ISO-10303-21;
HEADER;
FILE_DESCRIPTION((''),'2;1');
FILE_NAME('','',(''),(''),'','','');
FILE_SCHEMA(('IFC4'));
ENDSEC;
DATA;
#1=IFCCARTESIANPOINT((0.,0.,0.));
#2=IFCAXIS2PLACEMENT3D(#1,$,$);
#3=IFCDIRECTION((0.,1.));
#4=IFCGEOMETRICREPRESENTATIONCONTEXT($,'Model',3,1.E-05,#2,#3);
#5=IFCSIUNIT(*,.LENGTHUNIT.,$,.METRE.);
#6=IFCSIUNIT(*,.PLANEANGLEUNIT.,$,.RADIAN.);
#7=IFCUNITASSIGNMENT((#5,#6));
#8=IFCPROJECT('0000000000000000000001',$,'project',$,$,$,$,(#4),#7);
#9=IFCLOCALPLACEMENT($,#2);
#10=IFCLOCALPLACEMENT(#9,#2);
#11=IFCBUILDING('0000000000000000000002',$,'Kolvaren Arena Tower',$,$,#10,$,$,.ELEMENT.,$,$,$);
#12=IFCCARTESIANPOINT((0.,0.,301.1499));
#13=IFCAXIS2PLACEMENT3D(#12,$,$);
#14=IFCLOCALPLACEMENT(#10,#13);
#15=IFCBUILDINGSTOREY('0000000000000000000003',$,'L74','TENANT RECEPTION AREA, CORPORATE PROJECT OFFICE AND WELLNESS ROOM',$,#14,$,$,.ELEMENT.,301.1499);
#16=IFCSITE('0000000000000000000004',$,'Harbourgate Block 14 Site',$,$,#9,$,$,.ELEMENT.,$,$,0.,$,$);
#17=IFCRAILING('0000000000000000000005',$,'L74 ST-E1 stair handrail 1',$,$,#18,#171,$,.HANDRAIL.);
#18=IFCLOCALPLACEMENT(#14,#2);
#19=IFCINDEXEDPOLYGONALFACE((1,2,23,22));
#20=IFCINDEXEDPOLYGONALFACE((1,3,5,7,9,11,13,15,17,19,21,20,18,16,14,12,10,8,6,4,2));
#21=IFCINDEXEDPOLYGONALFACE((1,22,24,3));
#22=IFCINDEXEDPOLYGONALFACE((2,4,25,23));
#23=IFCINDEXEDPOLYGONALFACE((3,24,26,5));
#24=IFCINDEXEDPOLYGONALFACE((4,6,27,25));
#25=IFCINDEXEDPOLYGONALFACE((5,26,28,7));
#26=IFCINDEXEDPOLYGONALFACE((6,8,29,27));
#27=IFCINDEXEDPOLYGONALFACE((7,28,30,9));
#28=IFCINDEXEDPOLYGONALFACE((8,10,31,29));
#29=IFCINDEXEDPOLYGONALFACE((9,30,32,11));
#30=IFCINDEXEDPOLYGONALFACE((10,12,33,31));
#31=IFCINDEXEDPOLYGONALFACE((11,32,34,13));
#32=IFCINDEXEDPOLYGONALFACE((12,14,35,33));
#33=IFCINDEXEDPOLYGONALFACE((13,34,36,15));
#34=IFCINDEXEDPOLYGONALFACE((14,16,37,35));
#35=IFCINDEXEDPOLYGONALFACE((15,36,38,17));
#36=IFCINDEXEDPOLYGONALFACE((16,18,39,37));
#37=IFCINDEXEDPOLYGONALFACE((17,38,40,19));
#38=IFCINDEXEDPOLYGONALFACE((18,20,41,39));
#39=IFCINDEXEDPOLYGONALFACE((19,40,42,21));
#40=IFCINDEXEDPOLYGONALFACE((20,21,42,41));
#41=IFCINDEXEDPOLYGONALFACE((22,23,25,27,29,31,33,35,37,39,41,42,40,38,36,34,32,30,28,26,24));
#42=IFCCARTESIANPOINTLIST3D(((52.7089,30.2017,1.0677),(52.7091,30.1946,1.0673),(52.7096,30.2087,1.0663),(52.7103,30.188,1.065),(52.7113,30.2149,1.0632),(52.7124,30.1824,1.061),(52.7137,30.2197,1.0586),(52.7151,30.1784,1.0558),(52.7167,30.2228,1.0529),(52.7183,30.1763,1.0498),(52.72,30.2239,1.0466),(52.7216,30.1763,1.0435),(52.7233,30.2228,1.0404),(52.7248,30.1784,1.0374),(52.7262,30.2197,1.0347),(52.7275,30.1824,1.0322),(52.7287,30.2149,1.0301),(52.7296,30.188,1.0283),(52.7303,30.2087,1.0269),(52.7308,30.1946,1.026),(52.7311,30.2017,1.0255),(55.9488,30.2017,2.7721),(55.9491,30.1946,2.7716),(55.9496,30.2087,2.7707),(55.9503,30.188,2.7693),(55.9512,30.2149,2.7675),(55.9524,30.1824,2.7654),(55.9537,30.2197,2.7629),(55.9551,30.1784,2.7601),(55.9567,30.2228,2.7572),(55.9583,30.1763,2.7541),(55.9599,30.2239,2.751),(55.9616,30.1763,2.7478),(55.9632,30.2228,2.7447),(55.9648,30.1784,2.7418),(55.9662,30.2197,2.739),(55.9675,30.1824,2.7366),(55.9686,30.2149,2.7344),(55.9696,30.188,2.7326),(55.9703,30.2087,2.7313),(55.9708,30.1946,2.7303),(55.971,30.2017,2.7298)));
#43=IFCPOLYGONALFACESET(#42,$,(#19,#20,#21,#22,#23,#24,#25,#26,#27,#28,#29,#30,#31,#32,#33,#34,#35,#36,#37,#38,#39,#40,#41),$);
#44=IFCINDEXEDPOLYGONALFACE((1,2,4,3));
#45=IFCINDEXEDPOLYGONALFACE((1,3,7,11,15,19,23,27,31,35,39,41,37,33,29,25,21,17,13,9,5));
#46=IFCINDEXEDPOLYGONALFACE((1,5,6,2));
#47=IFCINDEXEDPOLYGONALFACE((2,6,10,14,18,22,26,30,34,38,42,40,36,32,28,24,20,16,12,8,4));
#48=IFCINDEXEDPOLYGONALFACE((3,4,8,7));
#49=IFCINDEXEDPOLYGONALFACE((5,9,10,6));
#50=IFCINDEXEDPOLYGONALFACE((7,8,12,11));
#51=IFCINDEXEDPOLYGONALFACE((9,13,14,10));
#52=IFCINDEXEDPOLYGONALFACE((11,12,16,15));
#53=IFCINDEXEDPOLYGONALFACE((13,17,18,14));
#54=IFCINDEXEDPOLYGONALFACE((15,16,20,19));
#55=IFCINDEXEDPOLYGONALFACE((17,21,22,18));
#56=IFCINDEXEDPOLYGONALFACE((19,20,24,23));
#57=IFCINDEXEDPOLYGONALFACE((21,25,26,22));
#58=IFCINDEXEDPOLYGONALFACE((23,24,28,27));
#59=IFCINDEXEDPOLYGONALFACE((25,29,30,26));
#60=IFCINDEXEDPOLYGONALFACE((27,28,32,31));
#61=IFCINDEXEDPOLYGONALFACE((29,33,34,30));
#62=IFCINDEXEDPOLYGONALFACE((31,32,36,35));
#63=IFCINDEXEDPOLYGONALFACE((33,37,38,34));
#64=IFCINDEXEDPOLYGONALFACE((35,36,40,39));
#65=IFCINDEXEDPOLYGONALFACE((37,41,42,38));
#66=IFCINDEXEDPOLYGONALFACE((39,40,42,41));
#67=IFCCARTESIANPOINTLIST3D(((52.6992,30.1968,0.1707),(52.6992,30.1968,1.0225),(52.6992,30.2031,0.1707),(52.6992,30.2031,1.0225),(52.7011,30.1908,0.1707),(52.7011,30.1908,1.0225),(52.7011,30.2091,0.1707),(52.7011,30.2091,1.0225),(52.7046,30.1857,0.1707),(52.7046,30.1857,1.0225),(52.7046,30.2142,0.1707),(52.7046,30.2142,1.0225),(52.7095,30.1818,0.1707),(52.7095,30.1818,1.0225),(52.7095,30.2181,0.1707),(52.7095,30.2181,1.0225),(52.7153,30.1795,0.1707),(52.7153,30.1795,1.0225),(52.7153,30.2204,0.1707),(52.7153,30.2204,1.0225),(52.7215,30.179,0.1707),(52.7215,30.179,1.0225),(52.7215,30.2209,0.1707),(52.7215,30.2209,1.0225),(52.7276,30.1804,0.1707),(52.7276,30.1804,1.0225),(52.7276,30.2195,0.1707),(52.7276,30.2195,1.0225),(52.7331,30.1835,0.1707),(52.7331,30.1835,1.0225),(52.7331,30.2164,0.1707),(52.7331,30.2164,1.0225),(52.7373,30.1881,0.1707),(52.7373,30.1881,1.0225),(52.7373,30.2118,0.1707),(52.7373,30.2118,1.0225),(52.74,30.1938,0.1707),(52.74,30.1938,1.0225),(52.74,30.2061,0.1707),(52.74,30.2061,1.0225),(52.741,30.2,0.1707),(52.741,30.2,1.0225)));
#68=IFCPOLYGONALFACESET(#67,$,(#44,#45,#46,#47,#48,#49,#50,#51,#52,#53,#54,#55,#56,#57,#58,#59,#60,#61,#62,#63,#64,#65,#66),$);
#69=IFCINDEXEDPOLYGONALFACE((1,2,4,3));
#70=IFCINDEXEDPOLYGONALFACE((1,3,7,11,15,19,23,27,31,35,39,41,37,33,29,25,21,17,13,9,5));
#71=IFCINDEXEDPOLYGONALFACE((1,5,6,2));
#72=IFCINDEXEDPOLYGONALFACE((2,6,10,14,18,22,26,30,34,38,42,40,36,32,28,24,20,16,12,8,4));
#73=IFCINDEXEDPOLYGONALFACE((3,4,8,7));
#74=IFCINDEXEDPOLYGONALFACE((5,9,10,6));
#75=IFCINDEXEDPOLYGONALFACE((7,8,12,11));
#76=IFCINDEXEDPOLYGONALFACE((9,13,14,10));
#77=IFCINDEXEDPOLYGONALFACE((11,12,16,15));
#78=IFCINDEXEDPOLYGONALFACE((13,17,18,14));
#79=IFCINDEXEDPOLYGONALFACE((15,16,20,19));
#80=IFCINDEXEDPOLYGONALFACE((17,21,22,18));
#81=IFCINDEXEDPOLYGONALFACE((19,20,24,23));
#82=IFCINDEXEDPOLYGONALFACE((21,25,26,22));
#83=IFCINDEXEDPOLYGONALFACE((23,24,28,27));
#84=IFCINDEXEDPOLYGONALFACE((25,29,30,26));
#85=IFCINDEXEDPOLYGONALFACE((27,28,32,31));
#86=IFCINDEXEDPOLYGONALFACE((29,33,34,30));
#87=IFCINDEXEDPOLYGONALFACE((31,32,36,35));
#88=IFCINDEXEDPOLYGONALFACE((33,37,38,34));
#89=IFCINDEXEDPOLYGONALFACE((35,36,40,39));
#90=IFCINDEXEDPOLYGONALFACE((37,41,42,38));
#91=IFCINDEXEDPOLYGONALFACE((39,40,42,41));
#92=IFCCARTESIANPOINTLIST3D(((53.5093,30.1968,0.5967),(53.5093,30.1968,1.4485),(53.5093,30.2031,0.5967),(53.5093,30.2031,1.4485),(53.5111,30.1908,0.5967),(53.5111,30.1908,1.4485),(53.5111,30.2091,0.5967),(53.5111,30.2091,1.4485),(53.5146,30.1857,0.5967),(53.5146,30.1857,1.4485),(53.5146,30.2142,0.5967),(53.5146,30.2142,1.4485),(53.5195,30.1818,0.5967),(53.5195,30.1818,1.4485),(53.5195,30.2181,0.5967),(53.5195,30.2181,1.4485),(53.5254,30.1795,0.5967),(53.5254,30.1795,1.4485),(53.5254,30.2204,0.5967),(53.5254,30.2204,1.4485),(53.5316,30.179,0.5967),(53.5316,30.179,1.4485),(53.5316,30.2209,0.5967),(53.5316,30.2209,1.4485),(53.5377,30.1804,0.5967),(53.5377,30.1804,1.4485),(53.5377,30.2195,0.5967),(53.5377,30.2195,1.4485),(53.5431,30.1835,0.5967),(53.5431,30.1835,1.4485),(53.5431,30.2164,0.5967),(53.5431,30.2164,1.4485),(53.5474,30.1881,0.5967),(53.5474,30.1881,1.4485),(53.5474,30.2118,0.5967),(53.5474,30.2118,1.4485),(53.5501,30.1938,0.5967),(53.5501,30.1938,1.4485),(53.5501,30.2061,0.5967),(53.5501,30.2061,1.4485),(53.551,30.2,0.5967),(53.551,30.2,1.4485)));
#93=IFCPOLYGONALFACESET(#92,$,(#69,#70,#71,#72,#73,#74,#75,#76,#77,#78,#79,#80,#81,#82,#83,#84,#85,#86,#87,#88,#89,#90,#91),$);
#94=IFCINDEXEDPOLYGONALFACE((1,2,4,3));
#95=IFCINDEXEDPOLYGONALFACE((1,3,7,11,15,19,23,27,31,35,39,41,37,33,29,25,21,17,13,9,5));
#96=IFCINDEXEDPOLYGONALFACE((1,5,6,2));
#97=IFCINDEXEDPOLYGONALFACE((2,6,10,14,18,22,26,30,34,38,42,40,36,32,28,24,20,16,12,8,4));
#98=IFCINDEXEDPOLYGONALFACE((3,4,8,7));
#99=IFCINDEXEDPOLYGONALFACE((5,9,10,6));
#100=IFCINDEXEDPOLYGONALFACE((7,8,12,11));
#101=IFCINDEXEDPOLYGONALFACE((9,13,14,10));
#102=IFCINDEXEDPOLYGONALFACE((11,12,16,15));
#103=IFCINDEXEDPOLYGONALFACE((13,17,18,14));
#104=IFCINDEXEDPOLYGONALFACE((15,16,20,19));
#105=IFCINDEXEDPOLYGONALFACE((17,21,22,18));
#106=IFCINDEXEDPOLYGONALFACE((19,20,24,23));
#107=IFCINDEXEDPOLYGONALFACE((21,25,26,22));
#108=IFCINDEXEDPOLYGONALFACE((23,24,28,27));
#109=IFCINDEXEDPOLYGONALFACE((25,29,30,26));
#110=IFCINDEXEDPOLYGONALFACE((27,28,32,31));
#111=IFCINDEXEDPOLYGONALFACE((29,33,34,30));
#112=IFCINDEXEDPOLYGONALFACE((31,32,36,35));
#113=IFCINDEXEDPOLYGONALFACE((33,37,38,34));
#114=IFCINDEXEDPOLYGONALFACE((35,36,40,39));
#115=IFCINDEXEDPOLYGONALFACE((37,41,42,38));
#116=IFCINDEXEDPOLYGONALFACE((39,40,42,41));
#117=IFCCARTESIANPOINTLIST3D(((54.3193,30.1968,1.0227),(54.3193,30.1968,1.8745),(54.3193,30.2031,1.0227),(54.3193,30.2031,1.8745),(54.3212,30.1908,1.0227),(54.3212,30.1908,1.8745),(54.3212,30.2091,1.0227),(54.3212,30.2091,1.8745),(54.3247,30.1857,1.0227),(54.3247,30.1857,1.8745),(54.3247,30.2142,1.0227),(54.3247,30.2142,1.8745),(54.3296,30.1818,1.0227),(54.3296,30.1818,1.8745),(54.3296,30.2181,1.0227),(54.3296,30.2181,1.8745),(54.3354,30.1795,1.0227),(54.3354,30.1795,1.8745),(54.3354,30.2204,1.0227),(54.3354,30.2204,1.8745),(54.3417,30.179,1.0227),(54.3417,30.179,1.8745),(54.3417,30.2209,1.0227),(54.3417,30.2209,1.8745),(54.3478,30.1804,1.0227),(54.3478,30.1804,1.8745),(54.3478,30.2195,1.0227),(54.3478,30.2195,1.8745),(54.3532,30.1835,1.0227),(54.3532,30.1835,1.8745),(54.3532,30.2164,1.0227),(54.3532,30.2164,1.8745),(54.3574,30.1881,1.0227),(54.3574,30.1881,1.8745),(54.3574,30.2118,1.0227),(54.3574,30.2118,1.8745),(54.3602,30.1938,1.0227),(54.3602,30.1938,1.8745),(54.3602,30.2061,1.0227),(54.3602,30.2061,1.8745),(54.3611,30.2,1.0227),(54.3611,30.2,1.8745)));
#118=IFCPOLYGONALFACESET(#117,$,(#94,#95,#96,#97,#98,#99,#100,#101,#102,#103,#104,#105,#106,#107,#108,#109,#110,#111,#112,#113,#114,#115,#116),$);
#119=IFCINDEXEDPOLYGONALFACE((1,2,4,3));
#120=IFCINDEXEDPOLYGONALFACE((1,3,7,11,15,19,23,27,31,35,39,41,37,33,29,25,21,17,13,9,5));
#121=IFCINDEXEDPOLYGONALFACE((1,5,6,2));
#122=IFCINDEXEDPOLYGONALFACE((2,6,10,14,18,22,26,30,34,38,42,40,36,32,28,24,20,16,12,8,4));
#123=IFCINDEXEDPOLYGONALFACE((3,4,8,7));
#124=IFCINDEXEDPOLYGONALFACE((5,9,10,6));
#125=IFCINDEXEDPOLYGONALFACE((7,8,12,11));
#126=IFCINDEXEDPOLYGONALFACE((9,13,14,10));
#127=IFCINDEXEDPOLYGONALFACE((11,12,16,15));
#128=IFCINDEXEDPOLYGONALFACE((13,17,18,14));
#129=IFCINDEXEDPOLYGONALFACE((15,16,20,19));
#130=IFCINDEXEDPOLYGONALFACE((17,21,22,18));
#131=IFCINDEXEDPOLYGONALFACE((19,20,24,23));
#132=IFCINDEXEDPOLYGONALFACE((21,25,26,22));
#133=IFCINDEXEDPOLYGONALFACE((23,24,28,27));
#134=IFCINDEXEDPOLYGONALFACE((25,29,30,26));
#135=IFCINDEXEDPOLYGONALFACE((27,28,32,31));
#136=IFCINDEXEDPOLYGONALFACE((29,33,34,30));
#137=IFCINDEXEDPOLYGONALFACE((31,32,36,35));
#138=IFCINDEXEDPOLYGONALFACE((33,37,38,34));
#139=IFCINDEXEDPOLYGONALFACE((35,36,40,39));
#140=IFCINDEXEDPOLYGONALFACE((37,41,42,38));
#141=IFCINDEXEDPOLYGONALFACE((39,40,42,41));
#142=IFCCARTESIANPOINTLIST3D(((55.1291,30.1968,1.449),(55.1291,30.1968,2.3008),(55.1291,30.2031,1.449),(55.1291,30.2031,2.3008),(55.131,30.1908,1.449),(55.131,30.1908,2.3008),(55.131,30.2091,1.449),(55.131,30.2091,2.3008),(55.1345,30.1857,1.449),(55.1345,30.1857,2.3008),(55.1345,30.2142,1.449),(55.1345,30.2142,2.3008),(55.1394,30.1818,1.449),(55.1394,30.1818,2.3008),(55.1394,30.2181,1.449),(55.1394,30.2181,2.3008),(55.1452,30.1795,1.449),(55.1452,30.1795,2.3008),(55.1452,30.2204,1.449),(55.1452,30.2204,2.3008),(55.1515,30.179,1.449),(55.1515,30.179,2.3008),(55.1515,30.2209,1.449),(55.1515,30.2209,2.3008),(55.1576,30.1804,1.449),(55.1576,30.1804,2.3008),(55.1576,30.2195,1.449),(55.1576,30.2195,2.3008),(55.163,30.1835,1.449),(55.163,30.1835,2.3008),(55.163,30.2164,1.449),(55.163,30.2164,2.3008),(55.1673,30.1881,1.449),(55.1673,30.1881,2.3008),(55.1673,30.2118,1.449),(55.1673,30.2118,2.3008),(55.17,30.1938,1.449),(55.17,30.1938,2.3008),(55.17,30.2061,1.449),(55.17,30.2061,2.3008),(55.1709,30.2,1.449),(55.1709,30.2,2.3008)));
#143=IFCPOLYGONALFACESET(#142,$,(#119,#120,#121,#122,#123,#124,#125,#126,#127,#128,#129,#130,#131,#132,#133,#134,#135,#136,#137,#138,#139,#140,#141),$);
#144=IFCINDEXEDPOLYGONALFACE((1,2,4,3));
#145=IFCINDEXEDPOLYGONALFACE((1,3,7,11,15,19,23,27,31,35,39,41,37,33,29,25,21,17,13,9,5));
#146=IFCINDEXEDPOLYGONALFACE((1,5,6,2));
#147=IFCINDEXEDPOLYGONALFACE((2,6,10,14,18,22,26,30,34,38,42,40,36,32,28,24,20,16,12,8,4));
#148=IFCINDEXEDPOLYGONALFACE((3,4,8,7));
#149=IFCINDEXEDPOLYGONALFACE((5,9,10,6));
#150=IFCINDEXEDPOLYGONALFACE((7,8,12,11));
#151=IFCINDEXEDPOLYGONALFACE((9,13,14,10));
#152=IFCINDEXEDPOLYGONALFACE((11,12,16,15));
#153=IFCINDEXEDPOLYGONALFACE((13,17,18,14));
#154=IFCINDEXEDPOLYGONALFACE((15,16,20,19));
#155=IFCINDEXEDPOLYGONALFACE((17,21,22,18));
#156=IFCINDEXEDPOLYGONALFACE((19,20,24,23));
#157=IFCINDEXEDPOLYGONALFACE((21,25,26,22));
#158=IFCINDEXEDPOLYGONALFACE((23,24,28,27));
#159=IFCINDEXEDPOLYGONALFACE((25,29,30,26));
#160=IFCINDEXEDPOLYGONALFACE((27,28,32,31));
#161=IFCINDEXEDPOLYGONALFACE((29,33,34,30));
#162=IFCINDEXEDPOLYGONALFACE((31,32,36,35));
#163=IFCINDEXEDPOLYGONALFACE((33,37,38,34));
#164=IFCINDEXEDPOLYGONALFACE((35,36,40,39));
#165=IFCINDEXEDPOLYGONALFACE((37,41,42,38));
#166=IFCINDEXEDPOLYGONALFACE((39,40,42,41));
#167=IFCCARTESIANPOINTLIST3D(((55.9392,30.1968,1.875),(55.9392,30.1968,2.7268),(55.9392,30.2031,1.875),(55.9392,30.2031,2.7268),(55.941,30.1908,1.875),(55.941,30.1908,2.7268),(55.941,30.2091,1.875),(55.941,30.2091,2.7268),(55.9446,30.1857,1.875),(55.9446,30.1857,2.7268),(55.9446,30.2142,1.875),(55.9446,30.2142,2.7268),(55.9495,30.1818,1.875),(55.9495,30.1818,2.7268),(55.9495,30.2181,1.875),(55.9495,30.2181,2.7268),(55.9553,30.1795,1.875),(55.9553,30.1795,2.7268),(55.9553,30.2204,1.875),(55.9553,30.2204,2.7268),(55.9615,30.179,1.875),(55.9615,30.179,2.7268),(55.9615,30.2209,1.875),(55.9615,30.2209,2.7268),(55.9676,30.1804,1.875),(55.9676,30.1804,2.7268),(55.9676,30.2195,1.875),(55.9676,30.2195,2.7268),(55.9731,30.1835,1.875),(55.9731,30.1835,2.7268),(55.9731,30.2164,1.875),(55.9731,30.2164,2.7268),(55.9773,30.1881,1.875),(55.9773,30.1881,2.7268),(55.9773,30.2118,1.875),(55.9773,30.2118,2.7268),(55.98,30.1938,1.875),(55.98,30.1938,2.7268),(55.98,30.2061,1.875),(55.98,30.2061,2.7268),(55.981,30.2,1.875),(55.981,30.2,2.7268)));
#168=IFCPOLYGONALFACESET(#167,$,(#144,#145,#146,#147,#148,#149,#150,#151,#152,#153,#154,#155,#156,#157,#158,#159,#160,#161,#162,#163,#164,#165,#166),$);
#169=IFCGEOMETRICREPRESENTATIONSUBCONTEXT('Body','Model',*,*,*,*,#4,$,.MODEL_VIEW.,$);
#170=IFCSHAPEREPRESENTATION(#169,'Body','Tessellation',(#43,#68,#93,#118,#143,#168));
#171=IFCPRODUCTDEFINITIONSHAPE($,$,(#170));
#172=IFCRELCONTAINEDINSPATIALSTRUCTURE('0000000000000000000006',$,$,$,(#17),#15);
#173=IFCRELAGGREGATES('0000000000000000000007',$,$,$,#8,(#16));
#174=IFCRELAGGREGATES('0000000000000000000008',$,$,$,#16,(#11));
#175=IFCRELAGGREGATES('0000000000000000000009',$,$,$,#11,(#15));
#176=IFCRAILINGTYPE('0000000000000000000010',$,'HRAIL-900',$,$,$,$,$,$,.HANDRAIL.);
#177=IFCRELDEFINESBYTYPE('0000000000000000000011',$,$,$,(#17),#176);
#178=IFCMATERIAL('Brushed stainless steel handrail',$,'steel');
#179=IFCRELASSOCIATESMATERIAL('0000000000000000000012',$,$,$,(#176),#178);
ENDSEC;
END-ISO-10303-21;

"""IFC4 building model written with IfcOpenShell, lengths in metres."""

from ifc_helpers import new_model, si_unit, direction, frame, origin, origin_2d, place, context, subcontext, project, spatial, circle, extrude, material, type_object, element, save


model = new_model("IFC4")

# Units and contexts
model_context = context("Model", 3, precision=1e-05, world=origin(), true_north=direction((0.0, 1.0)))
body_context = subcontext(model_context, "Body", "Model", "MODEL_VIEW")
ifc_project = project(units=[si_unit("LENGTHUNIT", "METRE"), si_unit("PLANEANGLEUNIT", "RADIAN")], contexts=[model_context])

# Site, building, storey
site_placement = place(None, origin())
site = spatial("IfcSite", under=ifc_project, at=site_placement, Name="Harbourgate Block 14 Site", CompositionType="ELEMENT", RefElevation=0.0)
building_placement = place(site_placement, origin())
building = spatial("IfcBuilding", under=site, at=building_placement, Name="Kolvaren Arena Tower", CompositionType="ELEMENT")
storey_placement = place(building_placement, frame((0.0, 0.0, 301.1499)))
storey = spatial("IfcBuildingStorey", under=building, at=storey_placement, Name="L74", Description="TENANT RECEPTION AREA, CORPORATE PROJECT OFFICE AND WELLNESS ROOM", CompositionType="ELEMENT", Elevation=301.1499)

# Railing
ifc_material_1 = material(Name="Brushed stainless steel handrail", Category="steel")
railing_type_1 = type_object("IfcRailingType", Name="HRAIL-900", PredefinedType="HANDRAIL", material=ifc_material_1)
railing_1_placement = place(storey_placement, frame((52.72, 30.2, 0.1707)))
element("IfcRailing", 1, at=railing_1_placement, inside=storey, type_object=railing_type_1, Name="L74 ST-E1 stair handrail 1", PredefinedType="HANDRAIL", context=body_context, shape_type="SweptSolid", body=[
    extrude(circle(Radius=0.0239, at=origin_2d()), frame((0.0, 0.0, 0.876), z_axis=(0.885021, 0.0, 0.465551), x_axis=(0.0, 1.0, 0.0)), (0.0, 0.0, 1.0), 3.6609),
    extrude(circle(Radius=0.021, at=origin_2d()), origin(), (0.0, 0.0, 1.0), 0.8518),
    extrude(circle(Radius=0.021, at=origin_2d()), frame((0.8101, 0.0, 0.426)), (0.0, 0.0, 1.0), 0.8518),
    extrude(circle(Radius=0.021, at=origin_2d()), frame((1.6201, 0.0, 0.8521)), (0.0, 0.0, 1.0), 0.8518),
    extrude(circle(Radius=0.021, at=origin_2d()), frame((2.4299, 0.0, 1.2783)), (0.0, 0.0, 1.0), 0.8518),
    extrude(circle(Radius=0.021, at=origin_2d()), frame((3.24, 0.0, 1.7043)), (0.0, 0.0, 1.0), 0.8518),
])

save(model, "model.ifc")
